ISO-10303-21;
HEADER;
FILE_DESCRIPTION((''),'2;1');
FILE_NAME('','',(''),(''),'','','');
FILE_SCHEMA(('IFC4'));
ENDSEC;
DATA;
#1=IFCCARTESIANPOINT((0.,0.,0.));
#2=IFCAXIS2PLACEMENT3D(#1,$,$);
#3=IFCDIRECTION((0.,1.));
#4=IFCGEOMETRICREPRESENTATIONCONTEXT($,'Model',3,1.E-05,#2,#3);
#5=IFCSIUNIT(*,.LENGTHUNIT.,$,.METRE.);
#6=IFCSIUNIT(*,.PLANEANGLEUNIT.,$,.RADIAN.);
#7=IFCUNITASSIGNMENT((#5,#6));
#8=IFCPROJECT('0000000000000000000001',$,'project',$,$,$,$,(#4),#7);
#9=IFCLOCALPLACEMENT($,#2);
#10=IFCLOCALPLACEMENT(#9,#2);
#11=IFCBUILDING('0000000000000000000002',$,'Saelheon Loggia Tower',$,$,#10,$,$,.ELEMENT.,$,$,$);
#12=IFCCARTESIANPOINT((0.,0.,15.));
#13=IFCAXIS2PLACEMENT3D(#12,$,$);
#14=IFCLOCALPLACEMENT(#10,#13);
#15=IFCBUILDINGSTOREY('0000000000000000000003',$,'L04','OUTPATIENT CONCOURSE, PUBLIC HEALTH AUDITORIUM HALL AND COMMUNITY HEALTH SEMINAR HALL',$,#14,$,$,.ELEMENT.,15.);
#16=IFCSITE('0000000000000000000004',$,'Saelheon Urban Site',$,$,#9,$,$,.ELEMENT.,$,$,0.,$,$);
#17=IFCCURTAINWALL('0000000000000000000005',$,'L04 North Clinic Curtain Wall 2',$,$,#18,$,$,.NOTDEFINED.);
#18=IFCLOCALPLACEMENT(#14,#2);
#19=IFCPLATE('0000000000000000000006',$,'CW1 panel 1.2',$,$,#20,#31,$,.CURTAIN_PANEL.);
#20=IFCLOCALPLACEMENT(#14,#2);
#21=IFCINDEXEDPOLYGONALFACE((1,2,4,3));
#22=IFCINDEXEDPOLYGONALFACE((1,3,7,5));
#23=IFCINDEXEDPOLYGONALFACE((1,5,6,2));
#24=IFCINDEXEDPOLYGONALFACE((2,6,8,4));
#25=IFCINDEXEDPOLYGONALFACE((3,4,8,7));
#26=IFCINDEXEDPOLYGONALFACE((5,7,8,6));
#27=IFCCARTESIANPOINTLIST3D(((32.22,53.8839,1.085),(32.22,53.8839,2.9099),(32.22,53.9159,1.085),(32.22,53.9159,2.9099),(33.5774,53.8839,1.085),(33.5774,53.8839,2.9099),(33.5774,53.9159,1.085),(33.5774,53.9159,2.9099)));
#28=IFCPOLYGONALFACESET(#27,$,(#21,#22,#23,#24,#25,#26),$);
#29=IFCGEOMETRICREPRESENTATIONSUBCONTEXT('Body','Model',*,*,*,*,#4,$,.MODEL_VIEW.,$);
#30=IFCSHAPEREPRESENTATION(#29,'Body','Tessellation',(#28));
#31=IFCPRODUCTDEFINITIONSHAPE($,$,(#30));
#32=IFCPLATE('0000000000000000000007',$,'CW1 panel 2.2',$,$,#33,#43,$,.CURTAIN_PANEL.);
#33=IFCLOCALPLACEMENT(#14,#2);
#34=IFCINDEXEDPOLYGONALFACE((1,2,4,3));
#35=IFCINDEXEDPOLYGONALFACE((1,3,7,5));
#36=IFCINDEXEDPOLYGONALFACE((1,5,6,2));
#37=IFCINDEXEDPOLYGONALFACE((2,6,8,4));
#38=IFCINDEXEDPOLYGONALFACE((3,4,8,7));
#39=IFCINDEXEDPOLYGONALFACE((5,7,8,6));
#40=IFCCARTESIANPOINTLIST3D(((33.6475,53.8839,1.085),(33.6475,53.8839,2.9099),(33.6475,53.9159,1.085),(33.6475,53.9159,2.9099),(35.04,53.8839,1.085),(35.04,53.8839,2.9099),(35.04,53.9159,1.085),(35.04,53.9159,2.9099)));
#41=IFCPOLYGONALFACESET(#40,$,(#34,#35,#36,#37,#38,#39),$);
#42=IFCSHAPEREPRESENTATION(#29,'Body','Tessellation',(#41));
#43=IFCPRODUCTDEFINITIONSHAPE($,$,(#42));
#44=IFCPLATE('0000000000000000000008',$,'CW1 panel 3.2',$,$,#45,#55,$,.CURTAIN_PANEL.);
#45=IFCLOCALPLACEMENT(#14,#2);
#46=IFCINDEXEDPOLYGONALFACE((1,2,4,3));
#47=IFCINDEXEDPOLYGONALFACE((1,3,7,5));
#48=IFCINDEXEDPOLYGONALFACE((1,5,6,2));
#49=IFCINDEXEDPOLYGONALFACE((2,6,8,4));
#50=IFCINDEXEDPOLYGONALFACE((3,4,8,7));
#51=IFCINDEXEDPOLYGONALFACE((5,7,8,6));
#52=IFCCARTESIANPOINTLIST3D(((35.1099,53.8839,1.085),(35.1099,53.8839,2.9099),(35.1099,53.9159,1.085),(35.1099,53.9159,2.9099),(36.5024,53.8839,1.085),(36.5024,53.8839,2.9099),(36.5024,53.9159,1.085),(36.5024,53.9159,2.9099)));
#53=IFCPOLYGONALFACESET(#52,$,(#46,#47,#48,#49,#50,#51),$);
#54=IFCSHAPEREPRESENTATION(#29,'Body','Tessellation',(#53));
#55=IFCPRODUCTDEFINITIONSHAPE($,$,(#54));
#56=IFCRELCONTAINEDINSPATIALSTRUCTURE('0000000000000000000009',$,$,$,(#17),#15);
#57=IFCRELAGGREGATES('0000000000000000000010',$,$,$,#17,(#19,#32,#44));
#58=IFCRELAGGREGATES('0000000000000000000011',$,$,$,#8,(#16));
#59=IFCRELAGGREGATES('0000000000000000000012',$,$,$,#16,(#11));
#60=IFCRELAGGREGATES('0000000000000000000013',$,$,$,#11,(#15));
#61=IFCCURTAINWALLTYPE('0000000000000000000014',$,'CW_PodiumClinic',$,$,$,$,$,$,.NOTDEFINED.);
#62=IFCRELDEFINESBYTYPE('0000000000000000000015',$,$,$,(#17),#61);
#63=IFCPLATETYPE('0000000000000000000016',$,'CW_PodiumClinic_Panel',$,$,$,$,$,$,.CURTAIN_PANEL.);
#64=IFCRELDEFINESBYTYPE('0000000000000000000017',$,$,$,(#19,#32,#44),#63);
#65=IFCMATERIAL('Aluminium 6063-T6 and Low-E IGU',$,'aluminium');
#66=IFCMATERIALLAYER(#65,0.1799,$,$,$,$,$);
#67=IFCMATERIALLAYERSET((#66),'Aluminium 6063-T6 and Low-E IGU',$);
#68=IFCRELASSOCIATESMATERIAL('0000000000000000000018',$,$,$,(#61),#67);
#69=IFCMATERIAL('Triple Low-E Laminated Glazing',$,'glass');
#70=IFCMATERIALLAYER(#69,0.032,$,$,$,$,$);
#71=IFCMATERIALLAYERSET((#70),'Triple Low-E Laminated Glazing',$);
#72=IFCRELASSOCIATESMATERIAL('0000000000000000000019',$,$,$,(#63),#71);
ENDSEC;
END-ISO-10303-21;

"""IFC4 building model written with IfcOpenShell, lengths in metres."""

from ifc_helpers import new_model, si_unit, direction, frame, origin, origin_2d, place, context, subcontext, project, spatial, rectangle, extrude, source, transform, mapped, material, layer, layer_set, type_object, element, aggregate, save


model = new_model("IFC4")

# Units and contexts
model_context = context("Model", 3, precision=1e-05, world=origin(), true_north=direction((0.0, 1.0)))
body_context = subcontext(model_context, "Body", "Model", "MODEL_VIEW")
ifc_project = project(units=[si_unit("LENGTHUNIT", "METRE"), si_unit("PLANEANGLEUNIT", "RADIAN")], contexts=[model_context])

# Site, building, storey
site_placement = place(None, origin())
site = spatial("IfcSite", under=ifc_project, at=site_placement, Name="Saelheon Urban Site", CompositionType="ELEMENT", RefElevation=0.0)
building_placement = place(site_placement, origin())
building = spatial("IfcBuilding", under=site, at=building_placement, Name="Saelheon Loggia Tower", CompositionType="ELEMENT")
storey_placement = place(building_placement, frame((0.0, 0.0, 15.0)))
storey = spatial("IfcBuildingStorey", under=building, at=storey_placement, Name="L04", Description="OUTPATIENT CONCOURSE, PUBLIC HEALTH AUDITORIUM HALL AND COMMUNITY HEALTH SEMINAR HALL", CompositionType="ELEMENT", Elevation=15.0)

# Curtain wall
ifc_material_1 = material(Name="Aluminium 6063-T6 and Low-E IGU", Category="aluminium")
ifc_layer_1 = layer(ifc_material_1, 0.1799)
ifc_layer_set_1 = layer_set([ifc_layer_1], Name="Aluminium 6063-T6 and Low-E IGU")
curtain_wall_type = type_object("IfcCurtainWallType", Name="CW_PodiumClinic", PredefinedType="NOTDEFINED", material=ifc_layer_set_1)
curtain_wall_1_placement = place(storey_placement, origin())
curtain_wall_1 = element("IfcCurtainWall", 1, at=curtain_wall_1_placement, inside=storey, type_object=curtain_wall_type, Name="L04 North Clinic Curtain Wall 2", PredefinedType="NOTDEFINED")

# Plates
ifc_material_2 = material(Name="Triple Low-E Laminated Glazing", Category="glass")
ifc_layer_2 = layer(ifc_material_2, 0.032)
ifc_layer_set_2 = layer_set([ifc_layer_2], Name="Triple Low-E Laminated Glazing")
plate_type = type_object("IfcPlateType", Name="CW_PodiumClinic_Panel", PredefinedType="CURTAIN_PANEL", material=ifc_layer_set_2)
shared_shape_1 = source(origin(), body_context, "Body", "SweptSolid", [
    extrude(rectangle(XDim=1.3574, YDim=0.032, at=origin_2d()), origin(), (0.0, 0.0, 1.0), 1.825),
])
plate_1_placement = place(storey_placement, frame((32.8987, 53.8999, 1.085), z_axis=(0.0, 0.0, 1.0), x_axis=(1.0, 0.0, 0.0)))
plate_1 = element("IfcPlate", 2, at=plate_1_placement, type_object=plate_type, Name="CW1 panel 1.2", PredefinedType="CURTAIN_PANEL", context=body_context, shape_type="MappedRepresentation", body=[
    mapped(shared_shape_1, transform((0.0, 0.0, 0.0), scale=1.0)),
])
shared_shape_2 = source(origin(), body_context, "Body", "SweptSolid", [
    extrude(rectangle(XDim=1.3926, YDim=0.032, at=origin_2d()), origin(), (0.0, 0.0, 1.0), 1.825),
])
plate_2_placement = place(storey_placement, frame((34.3438, 53.8999, 1.085), z_axis=(0.0, 0.0, 1.0), x_axis=(1.0, 0.0, 0.0)))
plate_2 = element("IfcPlate", 3, at=plate_2_placement, type_object=plate_type, Name="CW1 panel 2.2", PredefinedType="CURTAIN_PANEL", context=body_context, shape_type="MappedRepresentation", body=[
    mapped(shared_shape_2, transform((0.0, 0.0, 0.0), scale=1.0)),
])
plate_3_placement = place(storey_placement, frame((35.8062, 53.8999, 1.085), z_axis=(0.0, 0.0, 1.0), x_axis=(1.0, 0.0, 0.0)))
plate_3 = element("IfcPlate", 4, at=plate_3_placement, type_object=plate_type, Name="CW1 panel 3.2", PredefinedType="CURTAIN_PANEL", context=body_context, shape_type="MappedRepresentation", body=[
    mapped(shared_shape_2, transform((0.0, 0.0, 0.0), scale=1.0)),
])
aggregate(curtain_wall_1, [plate_1, plate_2, plate_3])

save(model, "model.ifc")
